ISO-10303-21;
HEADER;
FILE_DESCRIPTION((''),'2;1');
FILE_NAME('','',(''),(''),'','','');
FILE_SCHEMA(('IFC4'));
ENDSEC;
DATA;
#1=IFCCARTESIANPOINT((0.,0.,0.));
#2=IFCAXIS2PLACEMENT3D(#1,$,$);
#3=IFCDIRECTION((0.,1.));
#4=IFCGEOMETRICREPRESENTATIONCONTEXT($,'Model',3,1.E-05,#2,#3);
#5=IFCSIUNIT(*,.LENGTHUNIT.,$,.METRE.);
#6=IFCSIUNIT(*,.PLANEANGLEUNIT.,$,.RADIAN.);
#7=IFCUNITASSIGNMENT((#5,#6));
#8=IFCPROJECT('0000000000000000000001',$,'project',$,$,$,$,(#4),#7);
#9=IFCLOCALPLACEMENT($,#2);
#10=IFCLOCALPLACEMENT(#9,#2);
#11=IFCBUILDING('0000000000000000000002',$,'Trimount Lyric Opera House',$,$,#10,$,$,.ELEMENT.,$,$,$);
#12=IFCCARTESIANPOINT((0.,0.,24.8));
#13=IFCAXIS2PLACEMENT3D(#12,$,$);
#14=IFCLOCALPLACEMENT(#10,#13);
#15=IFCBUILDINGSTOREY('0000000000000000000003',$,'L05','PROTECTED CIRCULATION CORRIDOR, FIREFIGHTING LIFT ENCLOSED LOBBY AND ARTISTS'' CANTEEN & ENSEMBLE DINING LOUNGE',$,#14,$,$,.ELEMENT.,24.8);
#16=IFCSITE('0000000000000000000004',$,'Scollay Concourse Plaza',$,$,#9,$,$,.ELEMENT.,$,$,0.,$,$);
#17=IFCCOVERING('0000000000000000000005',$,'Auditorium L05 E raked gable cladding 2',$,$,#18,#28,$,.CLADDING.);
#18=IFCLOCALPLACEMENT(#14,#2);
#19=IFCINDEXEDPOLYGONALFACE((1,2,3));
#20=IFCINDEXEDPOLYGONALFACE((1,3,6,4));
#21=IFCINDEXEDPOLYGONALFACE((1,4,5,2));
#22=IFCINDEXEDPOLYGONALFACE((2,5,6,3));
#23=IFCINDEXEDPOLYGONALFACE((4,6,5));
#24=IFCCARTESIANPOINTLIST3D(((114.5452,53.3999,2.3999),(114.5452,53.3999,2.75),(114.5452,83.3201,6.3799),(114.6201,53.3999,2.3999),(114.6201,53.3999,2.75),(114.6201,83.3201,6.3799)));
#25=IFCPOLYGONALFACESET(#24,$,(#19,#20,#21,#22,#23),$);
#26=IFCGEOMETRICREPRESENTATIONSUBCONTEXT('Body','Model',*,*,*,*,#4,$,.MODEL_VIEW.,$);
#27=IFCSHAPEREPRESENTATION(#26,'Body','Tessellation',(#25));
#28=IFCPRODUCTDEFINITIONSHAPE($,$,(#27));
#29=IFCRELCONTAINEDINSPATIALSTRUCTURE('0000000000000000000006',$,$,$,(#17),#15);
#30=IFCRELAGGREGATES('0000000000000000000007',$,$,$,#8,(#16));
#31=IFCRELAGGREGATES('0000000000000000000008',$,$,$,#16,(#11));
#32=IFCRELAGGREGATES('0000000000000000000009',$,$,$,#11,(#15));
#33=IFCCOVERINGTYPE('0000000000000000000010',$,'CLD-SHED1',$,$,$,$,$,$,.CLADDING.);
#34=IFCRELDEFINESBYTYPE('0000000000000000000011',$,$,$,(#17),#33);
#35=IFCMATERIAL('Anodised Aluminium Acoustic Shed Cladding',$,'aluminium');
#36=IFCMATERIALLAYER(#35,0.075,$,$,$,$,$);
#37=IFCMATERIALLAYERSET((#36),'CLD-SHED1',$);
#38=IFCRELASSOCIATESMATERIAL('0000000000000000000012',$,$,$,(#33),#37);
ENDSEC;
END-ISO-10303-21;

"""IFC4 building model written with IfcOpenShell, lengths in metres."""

from ifc_helpers import new_model, si_unit, direction, frame, origin, place, context, subcontext, project, spatial, polyline, outline, extrude, material, layer, layer_set, type_object, element, save


model = new_model("IFC4")

# Units and contexts
model_context = context("Model", 3, precision=1e-05, world=origin(), true_north=direction((0.0, 1.0)))
body_context = subcontext(model_context, "Body", "Model", "MODEL_VIEW")
ifc_project = project(units=[si_unit("LENGTHUNIT", "METRE"), si_unit("PLANEANGLEUNIT", "RADIAN")], contexts=[model_context])

# Site, building, storey
site_placement = place(None, origin())
site = spatial("IfcSite", under=ifc_project, at=site_placement, Name="Scollay Concourse Plaza", CompositionType="ELEMENT", RefElevation=0.0)
building_placement = place(site_placement, origin())
building = spatial("IfcBuilding", under=site, at=building_placement, Name="Trimount Lyric Opera House", CompositionType="ELEMENT")
storey_placement = place(building_placement, frame((0.0, 0.0, 24.8)))
storey = spatial("IfcBuildingStorey", under=building, at=storey_placement, Name="L05", Description="PROTECTED CIRCULATION CORRIDOR, FIREFIGHTING LIFT ENCLOSED LOBBY AND ARTISTS' CANTEEN & ENSEMBLE DINING LOUNGE", CompositionType="ELEMENT", Elevation=24.8)

# Covering
ifc_material_1 = material(Name="Anodised Aluminium Acoustic Shed Cladding", Category="aluminium")
ifc_layer_1 = layer(ifc_material_1, 0.075)
ifc_layer_set_1 = layer_set([ifc_layer_1], Name="CLD-SHED1")
covering_type_1 = type_object("IfcCoveringType", Name="CLD-SHED1", PredefinedType="CLADDING", material=ifc_layer_set_1)
covering_1_placement = place(storey_placement, frame((114.6201, 53.3999, 2.3999), z_axis=(1.0, 0.0, 0.0), x_axis=(0.0, 0.991269, 0.131859)))
element("IfcCovering", 1, at=covering_1_placement, inside=storey, type_object=covering_type_1, Name="Auditorium L05 E raked gable cladding 2", PredefinedType="CLADDING", context=body_context, shape_type="SweptSolid", body=[
    extrude(outline(polyline([(0.0, 0.0), (30.1837, 0.0), (0.0462, 0.347), (0.0, 0.0)])), origin(), (0.0, 0.0, -1.0), 0.075),
])

save(model, "model.ifc")
